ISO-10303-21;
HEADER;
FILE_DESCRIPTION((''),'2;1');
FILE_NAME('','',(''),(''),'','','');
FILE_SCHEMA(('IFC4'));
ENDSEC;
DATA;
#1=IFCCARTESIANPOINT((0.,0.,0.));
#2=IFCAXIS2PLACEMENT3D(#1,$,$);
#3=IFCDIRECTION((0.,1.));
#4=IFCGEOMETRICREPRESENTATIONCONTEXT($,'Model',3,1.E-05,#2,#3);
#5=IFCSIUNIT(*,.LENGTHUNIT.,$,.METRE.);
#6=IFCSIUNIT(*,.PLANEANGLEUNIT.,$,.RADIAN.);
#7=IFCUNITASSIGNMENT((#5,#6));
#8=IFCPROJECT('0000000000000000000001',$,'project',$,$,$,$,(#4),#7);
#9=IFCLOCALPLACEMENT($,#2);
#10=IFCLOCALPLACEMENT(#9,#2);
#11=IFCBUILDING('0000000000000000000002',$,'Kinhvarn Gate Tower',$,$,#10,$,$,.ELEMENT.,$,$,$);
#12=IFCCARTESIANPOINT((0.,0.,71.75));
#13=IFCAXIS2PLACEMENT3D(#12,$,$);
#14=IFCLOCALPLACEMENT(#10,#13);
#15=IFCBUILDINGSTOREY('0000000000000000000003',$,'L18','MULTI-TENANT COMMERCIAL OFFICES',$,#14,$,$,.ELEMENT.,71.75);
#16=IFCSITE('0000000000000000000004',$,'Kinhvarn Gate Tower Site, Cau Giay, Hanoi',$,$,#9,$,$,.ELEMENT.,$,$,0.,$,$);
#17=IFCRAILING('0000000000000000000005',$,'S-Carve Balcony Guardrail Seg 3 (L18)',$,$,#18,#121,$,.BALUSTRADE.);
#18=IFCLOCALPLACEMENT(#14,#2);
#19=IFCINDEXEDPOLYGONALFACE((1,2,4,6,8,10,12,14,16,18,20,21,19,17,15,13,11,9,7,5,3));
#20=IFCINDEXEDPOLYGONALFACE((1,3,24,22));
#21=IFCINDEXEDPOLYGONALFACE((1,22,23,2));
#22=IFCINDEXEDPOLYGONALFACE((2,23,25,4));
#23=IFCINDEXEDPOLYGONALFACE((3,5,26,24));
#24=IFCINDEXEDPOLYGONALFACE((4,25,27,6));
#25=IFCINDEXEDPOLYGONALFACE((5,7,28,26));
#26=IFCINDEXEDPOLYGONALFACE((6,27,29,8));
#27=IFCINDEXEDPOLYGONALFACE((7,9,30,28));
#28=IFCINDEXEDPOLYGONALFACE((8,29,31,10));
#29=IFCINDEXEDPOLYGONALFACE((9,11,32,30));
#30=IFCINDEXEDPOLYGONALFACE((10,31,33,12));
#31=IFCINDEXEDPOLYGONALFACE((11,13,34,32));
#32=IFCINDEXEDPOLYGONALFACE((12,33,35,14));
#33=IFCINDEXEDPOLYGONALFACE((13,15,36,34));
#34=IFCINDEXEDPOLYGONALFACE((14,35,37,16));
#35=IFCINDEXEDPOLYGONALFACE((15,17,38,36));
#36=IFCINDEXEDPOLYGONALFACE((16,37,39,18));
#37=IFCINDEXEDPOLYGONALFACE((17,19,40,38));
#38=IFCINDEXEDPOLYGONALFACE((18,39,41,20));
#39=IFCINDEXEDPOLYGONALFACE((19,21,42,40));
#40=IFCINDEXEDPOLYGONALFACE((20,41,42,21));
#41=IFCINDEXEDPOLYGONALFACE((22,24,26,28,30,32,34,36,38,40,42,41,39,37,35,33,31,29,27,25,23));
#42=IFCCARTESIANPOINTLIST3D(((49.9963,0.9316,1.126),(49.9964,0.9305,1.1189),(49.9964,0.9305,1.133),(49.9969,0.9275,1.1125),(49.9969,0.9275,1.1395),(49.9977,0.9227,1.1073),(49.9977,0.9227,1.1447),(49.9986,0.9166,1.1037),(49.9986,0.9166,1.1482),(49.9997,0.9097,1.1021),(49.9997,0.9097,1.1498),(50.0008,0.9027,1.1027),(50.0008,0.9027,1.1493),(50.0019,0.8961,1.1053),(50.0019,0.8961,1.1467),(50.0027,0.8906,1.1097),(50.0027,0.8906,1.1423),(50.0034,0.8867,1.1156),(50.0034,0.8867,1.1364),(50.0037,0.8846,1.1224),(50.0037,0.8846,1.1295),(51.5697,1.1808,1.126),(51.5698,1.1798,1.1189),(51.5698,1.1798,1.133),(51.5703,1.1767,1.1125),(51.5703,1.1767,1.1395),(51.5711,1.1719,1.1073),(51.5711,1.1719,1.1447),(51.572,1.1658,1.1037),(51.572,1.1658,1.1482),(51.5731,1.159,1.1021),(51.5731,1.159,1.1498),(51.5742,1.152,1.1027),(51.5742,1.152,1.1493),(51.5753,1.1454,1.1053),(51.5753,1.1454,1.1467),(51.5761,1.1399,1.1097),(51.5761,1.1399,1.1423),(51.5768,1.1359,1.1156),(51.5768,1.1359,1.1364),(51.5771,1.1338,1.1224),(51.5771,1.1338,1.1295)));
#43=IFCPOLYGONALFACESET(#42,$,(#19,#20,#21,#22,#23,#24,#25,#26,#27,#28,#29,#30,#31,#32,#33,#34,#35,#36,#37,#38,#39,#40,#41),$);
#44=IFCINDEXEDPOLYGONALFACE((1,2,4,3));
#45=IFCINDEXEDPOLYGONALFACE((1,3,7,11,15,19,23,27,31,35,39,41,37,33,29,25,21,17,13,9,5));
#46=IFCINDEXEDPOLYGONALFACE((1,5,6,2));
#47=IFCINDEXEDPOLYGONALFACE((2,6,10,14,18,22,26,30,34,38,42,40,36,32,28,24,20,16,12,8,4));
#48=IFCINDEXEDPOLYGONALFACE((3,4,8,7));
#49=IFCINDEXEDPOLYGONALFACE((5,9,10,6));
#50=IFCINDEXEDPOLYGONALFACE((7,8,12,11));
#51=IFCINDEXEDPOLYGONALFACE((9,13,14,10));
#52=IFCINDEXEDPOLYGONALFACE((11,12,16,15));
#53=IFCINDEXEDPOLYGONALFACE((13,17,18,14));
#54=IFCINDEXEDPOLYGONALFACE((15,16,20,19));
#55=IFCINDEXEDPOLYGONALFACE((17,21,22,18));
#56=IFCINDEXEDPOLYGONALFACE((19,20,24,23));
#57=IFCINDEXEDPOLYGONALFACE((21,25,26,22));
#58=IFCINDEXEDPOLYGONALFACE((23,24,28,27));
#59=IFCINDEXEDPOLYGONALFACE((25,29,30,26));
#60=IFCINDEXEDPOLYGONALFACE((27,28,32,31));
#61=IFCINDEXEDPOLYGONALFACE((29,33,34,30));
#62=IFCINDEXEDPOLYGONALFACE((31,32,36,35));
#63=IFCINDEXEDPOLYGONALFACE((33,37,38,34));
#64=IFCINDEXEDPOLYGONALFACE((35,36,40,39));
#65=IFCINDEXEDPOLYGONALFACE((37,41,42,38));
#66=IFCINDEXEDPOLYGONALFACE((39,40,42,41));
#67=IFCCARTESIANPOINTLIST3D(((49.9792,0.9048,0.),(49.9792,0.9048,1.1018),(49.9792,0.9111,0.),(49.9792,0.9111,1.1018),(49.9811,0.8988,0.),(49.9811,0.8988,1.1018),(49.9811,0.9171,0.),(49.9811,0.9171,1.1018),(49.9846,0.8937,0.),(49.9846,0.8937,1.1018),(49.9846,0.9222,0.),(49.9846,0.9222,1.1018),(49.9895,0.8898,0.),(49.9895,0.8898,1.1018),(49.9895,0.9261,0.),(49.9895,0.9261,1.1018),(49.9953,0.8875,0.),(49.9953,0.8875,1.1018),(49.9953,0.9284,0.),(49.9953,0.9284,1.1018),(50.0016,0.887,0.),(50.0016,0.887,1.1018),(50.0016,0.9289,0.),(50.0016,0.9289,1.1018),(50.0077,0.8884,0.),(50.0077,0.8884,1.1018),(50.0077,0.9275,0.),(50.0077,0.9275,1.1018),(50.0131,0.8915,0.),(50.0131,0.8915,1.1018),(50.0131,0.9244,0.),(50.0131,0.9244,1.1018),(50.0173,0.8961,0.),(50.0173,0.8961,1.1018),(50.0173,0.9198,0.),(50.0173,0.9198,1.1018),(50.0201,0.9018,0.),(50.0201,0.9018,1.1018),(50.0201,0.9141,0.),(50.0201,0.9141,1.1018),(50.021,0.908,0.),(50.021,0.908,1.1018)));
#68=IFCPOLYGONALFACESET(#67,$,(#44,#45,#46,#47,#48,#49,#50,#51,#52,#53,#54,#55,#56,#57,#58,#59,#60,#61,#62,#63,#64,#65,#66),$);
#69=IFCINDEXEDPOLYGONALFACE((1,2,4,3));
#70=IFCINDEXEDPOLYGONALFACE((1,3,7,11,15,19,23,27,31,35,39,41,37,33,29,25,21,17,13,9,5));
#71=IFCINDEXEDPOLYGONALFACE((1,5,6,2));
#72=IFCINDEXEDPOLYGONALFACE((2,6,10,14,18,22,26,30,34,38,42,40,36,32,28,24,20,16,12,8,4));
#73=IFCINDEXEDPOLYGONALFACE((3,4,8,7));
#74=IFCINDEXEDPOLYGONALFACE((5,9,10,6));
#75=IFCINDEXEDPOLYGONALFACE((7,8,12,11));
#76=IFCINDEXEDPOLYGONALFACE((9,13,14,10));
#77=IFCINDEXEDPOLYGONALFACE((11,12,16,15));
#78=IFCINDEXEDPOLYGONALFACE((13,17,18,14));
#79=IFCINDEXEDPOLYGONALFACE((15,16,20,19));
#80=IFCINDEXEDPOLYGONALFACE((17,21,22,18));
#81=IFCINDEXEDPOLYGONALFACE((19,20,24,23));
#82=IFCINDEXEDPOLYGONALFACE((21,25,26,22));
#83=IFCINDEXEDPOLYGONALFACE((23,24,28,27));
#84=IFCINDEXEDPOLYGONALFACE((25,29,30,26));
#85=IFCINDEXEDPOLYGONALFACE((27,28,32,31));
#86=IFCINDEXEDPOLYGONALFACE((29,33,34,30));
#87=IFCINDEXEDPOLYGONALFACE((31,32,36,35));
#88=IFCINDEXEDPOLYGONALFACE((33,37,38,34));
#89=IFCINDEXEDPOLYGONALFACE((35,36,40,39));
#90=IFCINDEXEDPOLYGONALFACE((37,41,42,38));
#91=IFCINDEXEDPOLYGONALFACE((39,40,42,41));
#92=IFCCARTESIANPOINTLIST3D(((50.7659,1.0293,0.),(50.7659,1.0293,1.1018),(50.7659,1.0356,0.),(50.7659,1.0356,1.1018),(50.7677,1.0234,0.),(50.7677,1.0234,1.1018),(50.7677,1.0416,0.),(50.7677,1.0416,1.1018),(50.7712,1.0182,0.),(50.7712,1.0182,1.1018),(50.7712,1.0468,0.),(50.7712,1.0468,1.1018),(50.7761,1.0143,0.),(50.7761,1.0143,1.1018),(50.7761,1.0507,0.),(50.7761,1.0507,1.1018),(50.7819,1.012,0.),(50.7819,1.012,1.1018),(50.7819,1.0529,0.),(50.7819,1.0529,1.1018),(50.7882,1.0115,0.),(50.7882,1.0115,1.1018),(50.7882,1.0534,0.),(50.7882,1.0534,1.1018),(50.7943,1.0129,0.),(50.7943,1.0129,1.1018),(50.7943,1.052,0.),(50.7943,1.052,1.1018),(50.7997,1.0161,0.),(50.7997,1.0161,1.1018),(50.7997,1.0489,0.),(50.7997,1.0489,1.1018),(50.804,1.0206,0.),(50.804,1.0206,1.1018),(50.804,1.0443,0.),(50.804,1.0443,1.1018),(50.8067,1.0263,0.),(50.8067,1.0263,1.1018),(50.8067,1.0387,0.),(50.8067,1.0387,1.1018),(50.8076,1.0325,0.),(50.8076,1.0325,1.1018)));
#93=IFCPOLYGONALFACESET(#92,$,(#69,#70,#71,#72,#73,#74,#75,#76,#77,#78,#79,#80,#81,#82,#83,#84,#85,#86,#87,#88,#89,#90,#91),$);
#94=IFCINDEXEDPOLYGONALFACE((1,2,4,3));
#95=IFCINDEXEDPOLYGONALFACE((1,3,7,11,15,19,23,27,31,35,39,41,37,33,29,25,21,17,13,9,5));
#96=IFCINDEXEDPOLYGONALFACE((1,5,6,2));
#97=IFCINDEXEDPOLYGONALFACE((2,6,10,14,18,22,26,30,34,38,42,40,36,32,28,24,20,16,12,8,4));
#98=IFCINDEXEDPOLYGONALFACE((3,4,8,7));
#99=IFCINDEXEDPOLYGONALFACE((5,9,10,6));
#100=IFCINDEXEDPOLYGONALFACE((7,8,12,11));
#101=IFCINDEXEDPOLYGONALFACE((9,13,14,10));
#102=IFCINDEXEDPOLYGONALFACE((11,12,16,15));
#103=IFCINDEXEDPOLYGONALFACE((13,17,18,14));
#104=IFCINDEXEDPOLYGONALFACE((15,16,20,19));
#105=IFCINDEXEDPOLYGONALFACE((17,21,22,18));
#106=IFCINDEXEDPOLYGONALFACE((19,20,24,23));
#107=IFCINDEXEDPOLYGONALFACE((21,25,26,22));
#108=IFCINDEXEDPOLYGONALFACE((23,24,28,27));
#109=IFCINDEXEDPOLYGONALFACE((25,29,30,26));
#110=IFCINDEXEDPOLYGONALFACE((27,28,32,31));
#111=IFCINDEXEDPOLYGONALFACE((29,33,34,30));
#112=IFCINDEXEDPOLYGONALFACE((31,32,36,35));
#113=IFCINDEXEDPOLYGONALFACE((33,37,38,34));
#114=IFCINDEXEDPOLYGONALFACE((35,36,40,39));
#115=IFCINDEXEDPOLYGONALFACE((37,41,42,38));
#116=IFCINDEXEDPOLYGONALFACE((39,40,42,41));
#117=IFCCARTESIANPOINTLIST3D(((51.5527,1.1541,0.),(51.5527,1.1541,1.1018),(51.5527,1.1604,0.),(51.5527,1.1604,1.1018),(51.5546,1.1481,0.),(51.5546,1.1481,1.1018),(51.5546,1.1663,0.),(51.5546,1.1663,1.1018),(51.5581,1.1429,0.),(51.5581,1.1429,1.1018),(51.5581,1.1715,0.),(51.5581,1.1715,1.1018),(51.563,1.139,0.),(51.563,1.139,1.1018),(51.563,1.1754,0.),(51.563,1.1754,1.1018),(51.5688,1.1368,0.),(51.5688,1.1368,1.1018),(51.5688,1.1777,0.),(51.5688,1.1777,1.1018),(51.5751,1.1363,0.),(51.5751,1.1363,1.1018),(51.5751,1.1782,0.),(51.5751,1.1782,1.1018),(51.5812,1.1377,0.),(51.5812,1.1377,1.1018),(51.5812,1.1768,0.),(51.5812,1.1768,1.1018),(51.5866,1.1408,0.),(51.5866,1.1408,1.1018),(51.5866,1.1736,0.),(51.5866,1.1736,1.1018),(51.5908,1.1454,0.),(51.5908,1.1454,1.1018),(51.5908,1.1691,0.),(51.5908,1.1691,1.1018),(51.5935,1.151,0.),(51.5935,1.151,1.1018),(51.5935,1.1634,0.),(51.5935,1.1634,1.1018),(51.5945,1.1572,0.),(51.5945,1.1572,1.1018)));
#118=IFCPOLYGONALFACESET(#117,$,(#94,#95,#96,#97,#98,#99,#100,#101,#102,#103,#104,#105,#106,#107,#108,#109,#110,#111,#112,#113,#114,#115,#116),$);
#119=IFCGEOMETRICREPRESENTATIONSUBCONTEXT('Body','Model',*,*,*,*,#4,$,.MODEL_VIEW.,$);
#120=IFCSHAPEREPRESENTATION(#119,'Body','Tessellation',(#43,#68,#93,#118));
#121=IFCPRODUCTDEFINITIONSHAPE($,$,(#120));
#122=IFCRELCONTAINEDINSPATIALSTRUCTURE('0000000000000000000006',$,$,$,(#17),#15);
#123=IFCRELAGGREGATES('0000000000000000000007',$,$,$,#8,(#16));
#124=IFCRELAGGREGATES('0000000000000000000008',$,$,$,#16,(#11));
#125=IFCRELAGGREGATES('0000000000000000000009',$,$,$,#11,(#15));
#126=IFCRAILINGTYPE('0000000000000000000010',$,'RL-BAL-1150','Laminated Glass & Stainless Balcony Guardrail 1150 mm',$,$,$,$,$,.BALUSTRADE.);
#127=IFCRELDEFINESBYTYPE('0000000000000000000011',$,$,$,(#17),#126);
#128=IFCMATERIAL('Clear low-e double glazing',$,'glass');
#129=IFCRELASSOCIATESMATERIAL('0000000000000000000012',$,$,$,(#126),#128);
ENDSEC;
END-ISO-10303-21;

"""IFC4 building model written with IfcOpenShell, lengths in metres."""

from ifc_helpers import new_model, si_unit, direction, frame, origin, origin_2d, place, context, subcontext, project, spatial, circle, extrude, material, type_object, element, save


model = new_model("IFC4")

# Units and contexts
model_context = context("Model", 3, precision=1e-05, world=origin(), true_north=direction((0.0, 1.0)))
body_context = subcontext(model_context, "Body", "Model", "MODEL_VIEW")
ifc_project = project(units=[si_unit("LENGTHUNIT", "METRE"), si_unit("PLANEANGLEUNIT", "RADIAN")], contexts=[model_context])

# Site, building, storey
site_placement = place(None, origin())
site = spatial("IfcSite", under=ifc_project, at=site_placement, Name="Kinhvarn Gate Tower Site, Cau Giay, Hanoi", CompositionType="ELEMENT", RefElevation=0.0)
building_placement = place(site_placement, origin())
building = spatial("IfcBuilding", under=site, at=building_placement, Name="Kinhvarn Gate Tower", CompositionType="ELEMENT")
storey_placement = place(building_placement, frame((0.0, 0.0, 71.75)))
storey = spatial("IfcBuildingStorey", under=building, at=storey_placement, Name="L18", Description="MULTI-TENANT COMMERCIAL OFFICES", CompositionType="ELEMENT", Elevation=71.75)

# Shared definitions
ifc_material_1 = material(Name="Clear low-e double glazing", Category="glass")

# Railing
railing_type = type_object("IfcRailingType", Name="RL-BAL-1150", Description="Laminated Glass & Stainless Balcony Guardrail 1150 mm", PredefinedType="BALUSTRADE", material=ifc_material_1)
railing_1_placement = place(storey_placement, frame((50.0, 0.908, 0.0)))
element("IfcRailing", 1, at=railing_1_placement, inside=storey, type_object=railing_type, Name="S-Carve Balcony Guardrail Seg 3 (L18)", PredefinedType="BALUSTRADE", context=body_context, shape_type="SweptSolid", body=[
    extrude(circle(Radius=0.0239, at=origin_2d()), frame((0.0, 0.0, 1.126), z_axis=(0.987683, 0.156466, 0.0), x_axis=(-0.156466, 0.987683, 0.0)), (0.0, 0.0, 1.0), 1.593),
    extrude(circle(Radius=0.021, at=origin_2d()), origin(), (0.0, 0.0, 1.0), 1.1018),
    extrude(circle(Radius=0.021, at=origin_2d()), frame((0.7866, 0.1245, 0.0)), (0.0, 0.0, 1.0), 1.1018),
    extrude(circle(Radius=0.021, at=origin_2d()), frame((1.5735, 0.2493, 0.0)), (0.0, 0.0, 1.0), 1.1018),
])

save(model, "model.ifc")
